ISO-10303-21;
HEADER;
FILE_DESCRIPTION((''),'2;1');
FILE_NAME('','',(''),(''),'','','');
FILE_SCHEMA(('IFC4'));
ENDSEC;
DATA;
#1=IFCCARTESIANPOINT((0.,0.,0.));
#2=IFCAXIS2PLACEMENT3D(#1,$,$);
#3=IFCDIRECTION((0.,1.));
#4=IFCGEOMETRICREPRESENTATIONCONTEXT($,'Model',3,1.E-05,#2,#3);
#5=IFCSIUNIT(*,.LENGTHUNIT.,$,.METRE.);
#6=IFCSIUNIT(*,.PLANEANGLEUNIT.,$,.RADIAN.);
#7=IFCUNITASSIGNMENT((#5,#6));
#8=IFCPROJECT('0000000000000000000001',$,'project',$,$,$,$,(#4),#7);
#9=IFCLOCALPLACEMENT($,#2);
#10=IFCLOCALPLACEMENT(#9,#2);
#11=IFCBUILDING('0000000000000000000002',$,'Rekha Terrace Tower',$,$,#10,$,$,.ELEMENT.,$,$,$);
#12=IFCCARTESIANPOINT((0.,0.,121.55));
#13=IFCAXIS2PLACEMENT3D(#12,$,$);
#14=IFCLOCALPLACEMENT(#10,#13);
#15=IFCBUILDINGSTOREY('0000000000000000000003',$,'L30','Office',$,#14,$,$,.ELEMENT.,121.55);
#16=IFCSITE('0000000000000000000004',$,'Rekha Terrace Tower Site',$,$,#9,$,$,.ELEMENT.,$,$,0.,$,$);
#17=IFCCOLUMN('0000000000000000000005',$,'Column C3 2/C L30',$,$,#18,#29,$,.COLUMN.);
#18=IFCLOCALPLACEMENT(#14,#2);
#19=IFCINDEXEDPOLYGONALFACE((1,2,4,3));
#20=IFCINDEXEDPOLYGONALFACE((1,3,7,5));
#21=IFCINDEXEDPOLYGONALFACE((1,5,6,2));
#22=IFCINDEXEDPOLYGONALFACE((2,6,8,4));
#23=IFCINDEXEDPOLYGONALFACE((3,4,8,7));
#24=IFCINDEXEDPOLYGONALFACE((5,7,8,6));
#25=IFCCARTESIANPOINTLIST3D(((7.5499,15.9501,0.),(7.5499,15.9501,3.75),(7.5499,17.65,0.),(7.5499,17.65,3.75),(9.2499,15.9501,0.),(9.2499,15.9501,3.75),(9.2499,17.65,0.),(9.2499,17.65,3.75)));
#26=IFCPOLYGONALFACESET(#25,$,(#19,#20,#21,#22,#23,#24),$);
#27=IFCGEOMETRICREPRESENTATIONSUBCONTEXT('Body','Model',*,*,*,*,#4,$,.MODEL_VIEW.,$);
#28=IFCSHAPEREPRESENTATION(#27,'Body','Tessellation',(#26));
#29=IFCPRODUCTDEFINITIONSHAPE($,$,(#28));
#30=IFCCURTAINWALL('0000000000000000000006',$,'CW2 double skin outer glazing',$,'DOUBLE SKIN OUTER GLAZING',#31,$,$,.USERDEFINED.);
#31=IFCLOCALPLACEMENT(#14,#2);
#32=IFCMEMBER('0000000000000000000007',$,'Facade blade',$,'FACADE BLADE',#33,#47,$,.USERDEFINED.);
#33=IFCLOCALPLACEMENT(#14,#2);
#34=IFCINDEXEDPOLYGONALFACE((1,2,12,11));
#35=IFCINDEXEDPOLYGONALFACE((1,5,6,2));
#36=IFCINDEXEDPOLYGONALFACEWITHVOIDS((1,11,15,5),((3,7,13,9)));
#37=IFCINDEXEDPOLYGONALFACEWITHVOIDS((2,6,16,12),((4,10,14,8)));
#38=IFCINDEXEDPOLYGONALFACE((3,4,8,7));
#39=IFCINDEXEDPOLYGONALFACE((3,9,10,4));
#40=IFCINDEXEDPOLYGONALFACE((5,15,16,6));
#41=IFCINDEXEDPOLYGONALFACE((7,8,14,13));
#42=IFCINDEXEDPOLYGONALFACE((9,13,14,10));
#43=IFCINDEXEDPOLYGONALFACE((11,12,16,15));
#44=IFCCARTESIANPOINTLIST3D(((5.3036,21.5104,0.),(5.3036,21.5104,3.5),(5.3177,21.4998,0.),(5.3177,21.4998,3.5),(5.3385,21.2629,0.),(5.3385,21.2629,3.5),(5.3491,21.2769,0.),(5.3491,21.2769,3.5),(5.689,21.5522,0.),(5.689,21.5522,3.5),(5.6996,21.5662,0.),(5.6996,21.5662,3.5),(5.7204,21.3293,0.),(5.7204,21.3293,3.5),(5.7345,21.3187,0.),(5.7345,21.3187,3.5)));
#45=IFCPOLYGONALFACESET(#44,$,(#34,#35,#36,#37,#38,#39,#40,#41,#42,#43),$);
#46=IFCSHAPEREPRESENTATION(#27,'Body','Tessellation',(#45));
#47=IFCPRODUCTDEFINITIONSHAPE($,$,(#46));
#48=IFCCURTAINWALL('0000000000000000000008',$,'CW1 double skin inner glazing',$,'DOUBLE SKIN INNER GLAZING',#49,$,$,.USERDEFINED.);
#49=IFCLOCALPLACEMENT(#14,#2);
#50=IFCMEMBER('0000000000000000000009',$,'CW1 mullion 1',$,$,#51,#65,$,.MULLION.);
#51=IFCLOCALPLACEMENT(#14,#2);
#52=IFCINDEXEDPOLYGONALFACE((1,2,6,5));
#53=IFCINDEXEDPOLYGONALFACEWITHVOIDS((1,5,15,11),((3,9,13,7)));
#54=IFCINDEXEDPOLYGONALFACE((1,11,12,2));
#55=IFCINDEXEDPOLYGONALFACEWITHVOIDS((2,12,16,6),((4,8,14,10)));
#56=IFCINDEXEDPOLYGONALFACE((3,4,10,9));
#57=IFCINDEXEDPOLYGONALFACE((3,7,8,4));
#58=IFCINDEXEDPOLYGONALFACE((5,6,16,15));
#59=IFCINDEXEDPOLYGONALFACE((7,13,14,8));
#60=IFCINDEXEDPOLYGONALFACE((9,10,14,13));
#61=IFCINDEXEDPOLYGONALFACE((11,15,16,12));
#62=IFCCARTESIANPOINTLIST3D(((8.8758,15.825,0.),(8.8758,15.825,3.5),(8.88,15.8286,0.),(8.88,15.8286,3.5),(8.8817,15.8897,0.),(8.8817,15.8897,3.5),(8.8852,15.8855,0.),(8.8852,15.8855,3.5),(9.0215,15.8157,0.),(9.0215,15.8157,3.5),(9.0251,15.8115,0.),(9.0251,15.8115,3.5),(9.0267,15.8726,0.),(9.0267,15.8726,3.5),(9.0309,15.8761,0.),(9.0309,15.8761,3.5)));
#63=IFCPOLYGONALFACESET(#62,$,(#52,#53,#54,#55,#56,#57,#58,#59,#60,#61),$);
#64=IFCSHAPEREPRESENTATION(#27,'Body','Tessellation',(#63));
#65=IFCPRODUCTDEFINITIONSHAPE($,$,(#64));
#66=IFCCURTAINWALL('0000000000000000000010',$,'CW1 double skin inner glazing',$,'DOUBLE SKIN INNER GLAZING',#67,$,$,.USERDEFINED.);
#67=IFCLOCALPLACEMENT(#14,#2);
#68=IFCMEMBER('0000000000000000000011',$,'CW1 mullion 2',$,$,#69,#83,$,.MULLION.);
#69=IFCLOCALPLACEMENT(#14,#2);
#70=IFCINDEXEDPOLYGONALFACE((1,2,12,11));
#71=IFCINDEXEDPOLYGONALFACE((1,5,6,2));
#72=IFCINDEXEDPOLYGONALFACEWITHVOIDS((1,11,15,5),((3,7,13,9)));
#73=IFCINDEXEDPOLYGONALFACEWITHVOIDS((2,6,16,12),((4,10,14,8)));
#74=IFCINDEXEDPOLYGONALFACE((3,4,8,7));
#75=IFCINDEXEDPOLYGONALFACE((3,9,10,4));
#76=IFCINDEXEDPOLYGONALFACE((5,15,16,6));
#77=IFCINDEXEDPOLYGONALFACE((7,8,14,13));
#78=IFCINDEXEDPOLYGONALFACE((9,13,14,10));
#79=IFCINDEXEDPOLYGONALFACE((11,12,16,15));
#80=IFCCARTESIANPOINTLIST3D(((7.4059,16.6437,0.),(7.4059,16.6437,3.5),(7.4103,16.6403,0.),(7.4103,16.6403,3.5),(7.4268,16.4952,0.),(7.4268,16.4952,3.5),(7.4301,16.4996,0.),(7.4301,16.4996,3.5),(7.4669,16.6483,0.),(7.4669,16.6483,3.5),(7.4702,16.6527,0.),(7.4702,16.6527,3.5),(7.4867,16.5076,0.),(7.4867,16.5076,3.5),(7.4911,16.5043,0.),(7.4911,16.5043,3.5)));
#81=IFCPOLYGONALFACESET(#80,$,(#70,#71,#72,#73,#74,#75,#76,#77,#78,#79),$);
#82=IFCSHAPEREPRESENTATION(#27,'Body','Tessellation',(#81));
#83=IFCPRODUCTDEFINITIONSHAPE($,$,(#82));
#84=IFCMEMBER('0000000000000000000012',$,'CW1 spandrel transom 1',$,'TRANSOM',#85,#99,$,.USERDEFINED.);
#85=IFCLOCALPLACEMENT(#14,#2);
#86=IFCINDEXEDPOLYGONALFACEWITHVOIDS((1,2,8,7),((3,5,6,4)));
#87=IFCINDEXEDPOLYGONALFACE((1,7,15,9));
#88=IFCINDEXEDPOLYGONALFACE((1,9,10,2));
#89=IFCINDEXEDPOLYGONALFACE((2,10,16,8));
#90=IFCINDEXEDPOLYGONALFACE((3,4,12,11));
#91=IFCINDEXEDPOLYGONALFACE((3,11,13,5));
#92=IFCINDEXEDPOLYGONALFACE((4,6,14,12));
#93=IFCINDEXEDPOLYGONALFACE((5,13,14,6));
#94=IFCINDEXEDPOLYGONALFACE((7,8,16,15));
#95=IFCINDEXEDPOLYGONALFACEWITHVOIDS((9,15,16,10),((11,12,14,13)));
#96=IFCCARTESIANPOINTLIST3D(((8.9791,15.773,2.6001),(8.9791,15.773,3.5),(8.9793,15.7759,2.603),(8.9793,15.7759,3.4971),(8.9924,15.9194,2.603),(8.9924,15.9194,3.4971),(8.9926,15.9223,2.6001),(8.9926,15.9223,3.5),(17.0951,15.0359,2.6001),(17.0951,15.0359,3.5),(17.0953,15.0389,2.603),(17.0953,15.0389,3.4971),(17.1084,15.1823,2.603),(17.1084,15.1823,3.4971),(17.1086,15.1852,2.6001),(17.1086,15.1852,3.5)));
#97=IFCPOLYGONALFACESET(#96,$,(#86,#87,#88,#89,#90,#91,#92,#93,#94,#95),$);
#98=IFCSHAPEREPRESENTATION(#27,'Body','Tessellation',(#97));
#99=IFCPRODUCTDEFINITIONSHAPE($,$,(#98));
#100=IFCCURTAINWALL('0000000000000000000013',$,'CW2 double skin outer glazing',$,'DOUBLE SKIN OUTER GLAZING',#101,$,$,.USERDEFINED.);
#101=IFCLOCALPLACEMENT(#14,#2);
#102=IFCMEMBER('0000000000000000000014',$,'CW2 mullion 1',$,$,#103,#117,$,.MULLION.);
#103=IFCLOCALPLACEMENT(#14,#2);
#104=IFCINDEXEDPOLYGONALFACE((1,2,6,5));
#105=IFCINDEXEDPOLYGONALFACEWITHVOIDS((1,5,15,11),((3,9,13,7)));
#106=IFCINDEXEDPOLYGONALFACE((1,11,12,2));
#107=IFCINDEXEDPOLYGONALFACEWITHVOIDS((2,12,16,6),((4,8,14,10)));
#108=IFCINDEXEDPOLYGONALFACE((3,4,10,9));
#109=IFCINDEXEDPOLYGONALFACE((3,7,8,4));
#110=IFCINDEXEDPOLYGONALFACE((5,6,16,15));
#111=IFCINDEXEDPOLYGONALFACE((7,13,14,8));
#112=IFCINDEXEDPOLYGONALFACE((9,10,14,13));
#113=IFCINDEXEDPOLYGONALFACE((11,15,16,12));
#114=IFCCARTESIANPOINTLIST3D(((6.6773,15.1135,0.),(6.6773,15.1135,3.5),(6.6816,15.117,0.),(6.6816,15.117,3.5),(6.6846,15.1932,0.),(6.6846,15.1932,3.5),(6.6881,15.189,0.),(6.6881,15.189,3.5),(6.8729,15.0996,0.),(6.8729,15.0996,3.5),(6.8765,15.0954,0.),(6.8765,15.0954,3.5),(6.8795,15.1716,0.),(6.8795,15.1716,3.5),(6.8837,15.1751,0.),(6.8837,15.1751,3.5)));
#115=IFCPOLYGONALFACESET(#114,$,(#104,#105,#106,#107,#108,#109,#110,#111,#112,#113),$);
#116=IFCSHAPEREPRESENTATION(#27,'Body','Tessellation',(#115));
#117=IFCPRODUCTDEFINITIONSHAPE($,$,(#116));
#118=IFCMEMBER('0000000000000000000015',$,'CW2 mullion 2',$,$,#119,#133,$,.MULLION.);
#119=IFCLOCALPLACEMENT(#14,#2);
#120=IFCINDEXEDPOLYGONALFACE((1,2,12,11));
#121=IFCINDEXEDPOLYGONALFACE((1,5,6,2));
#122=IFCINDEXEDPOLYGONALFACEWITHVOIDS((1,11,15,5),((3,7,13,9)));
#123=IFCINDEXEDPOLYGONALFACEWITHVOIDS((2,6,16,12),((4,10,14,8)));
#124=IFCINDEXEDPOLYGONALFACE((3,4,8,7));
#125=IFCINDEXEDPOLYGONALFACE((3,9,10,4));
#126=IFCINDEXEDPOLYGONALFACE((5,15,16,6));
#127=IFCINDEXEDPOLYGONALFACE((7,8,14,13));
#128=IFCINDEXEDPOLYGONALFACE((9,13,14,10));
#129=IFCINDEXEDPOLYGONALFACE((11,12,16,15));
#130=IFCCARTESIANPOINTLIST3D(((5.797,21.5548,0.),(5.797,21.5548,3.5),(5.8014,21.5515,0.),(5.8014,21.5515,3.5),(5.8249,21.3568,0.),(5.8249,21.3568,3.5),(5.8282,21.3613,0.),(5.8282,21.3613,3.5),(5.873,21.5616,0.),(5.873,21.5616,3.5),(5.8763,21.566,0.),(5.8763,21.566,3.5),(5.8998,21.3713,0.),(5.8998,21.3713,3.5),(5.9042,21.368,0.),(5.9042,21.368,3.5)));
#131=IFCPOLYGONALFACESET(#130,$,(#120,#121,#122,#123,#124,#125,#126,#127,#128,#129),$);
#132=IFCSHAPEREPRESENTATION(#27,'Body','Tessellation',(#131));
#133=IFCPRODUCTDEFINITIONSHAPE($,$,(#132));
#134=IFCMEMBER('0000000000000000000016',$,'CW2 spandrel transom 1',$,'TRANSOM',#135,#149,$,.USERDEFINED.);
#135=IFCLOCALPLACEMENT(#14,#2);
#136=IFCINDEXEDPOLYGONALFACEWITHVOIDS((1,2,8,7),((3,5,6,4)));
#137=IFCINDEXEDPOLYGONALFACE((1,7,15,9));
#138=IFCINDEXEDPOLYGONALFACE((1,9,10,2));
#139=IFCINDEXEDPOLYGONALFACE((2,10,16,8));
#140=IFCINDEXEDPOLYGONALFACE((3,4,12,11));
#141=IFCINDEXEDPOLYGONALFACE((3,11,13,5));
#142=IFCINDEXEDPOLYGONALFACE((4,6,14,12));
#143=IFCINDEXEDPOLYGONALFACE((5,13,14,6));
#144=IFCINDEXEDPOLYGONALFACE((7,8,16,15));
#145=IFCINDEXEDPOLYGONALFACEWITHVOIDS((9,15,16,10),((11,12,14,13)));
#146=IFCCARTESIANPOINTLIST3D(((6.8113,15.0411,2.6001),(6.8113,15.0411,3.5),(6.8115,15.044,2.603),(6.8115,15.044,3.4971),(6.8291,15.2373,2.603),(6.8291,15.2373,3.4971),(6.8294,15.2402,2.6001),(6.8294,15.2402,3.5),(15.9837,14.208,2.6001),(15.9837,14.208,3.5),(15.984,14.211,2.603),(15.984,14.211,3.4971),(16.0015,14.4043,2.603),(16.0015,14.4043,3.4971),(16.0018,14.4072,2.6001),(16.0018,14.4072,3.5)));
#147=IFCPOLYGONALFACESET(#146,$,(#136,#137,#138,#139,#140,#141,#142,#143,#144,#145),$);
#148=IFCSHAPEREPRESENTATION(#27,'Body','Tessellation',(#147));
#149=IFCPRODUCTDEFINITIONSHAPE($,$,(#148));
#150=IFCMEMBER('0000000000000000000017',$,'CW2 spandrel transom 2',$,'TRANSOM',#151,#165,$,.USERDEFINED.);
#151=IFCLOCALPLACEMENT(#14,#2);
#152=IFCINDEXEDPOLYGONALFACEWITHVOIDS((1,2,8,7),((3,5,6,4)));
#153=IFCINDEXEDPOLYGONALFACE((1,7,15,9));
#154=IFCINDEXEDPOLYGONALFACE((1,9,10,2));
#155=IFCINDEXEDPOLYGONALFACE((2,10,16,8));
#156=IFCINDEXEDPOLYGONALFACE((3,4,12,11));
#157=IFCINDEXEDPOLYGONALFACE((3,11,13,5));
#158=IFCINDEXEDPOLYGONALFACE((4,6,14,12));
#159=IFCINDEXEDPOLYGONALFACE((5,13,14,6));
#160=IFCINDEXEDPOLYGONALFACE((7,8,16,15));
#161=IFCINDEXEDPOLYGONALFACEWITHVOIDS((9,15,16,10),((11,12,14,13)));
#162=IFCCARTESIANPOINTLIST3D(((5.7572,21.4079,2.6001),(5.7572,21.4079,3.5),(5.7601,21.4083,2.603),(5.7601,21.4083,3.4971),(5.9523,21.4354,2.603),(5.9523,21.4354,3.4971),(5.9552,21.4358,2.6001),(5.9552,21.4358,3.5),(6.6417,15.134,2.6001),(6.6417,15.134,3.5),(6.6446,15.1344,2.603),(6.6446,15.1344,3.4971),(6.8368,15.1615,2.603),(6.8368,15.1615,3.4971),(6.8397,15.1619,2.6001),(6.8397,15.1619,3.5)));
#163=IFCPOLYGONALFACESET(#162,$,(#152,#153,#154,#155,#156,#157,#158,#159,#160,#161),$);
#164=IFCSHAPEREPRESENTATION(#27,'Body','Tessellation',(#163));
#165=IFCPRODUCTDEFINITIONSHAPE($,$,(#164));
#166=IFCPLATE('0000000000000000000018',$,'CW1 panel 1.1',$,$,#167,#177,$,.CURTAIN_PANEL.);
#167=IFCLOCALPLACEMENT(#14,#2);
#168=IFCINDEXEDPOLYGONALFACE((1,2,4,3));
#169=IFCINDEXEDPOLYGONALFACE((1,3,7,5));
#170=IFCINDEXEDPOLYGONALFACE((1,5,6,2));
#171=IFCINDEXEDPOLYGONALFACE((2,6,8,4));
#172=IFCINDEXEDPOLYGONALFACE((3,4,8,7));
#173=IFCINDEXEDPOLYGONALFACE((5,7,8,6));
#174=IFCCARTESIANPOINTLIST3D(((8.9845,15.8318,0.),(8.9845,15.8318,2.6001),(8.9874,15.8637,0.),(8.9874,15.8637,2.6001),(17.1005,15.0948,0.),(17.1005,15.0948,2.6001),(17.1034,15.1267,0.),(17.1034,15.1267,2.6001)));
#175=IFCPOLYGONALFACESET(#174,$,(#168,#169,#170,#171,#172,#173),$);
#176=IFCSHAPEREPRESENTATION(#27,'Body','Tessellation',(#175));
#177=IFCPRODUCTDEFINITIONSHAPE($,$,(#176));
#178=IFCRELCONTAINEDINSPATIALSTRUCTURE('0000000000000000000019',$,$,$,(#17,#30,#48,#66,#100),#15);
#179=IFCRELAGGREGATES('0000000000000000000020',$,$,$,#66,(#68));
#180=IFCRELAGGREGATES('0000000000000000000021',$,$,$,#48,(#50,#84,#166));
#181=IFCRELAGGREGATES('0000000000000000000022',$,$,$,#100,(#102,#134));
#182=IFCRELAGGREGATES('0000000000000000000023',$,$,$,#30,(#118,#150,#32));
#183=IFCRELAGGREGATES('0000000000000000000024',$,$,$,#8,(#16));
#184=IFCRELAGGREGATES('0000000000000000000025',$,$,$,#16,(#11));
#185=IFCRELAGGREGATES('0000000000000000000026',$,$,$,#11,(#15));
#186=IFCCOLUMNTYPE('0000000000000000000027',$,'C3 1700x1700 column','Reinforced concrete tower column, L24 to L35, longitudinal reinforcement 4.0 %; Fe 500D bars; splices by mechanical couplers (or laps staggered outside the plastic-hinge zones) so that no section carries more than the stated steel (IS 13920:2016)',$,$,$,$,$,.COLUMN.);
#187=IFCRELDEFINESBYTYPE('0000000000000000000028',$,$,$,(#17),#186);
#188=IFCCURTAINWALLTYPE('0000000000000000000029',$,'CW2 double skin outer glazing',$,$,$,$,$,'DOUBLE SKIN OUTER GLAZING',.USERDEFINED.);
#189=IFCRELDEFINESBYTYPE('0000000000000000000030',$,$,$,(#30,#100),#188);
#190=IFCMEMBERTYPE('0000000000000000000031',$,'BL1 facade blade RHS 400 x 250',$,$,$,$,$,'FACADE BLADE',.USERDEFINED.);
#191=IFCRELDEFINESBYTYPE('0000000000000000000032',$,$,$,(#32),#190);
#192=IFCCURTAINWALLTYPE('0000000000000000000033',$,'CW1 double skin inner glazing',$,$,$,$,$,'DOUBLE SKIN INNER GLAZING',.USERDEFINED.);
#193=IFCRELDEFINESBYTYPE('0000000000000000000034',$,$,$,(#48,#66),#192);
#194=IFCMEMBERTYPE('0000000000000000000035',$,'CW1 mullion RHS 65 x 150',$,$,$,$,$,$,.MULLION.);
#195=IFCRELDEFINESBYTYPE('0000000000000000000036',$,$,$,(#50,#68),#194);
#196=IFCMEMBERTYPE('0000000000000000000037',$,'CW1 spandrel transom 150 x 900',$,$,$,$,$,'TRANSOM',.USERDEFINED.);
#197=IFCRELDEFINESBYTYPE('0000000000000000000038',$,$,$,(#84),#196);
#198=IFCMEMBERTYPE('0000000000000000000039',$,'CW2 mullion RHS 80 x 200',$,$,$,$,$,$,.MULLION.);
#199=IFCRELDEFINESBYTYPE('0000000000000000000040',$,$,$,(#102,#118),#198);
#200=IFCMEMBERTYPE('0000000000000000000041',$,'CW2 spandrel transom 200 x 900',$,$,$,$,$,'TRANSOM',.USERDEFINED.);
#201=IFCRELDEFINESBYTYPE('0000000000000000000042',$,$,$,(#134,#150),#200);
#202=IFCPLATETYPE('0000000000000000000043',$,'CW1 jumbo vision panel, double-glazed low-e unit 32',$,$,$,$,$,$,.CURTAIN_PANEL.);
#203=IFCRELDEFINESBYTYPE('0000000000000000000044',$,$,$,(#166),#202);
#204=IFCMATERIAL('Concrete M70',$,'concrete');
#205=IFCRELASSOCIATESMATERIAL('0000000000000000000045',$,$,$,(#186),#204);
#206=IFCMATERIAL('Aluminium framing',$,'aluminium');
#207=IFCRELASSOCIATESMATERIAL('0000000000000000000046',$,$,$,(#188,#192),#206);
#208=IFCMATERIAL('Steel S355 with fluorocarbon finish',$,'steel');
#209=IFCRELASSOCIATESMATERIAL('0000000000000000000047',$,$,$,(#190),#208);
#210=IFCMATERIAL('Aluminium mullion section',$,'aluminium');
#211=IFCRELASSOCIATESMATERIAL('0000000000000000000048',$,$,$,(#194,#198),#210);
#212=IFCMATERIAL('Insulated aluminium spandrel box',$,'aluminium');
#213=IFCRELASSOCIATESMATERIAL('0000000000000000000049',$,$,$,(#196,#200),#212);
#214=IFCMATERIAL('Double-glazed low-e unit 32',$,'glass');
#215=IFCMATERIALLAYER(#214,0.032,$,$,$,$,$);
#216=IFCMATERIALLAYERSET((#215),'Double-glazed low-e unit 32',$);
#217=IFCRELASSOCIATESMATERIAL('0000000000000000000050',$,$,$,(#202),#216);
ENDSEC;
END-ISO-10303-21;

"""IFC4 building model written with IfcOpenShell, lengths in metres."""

from ifc_helpers import new_model, si_unit, direction, frame, origin, origin_2d, place, context, subcontext, project, spatial, rectangle, hollow_rectangle, extrude, material, layer, layer_set, material_profile, profile_set, type_object, element, aggregate, save


model = new_model("IFC4")

# Units and contexts
model_context = context("Model", 3, precision=1e-05, world=origin(), true_north=direction((0.0, 1.0)))
body_context = subcontext(model_context, "Body", "Model", "MODEL_VIEW")
ifc_project = project(units=[si_unit("LENGTHUNIT", "METRE"), si_unit("PLANEANGLEUNIT", "RADIAN")], contexts=[model_context])

# Site, building, storey
site_placement = place(None, origin())
site = spatial("IfcSite", under=ifc_project, at=site_placement, Name="Rekha Terrace Tower Site", CompositionType="ELEMENT", RefElevation=0.0)
building_placement = place(site_placement, origin())
building = spatial("IfcBuilding", under=site, at=building_placement, Name="Rekha Terrace Tower", CompositionType="ELEMENT")
storey_placement = place(building_placement, frame((0.0, 0.0, 121.55)))
storey = spatial("IfcBuildingStorey", under=building, at=storey_placement, Name="L30", Description="Office", CompositionType="ELEMENT", Elevation=121.55)

# Column
ifc_material_1 = material(Name="Concrete M70", Category="concrete")
ifc_material_profile_1 = material_profile(ifc_material_1, rectangle(XDim=1.7, YDim=1.7, at=origin_2d()), Name="RC 1700x1700")
ifc_profile_set_1 = profile_set([ifc_material_profile_1], Name="Concrete M70")
column_type = type_object("IfcColumnType", Name="C3 1700x1700 column", Description="Reinforced concrete tower column, L24 to L35, longitudinal reinforcement 4.0 %; Fe 500D bars; splices by mechanical couplers (or laps staggered outside the plastic-hinge zones) so that no section carries more than the stated steel (IS 13920:2016)", PredefinedType="COLUMN", material=ifc_profile_set_1)
column_placement = place(storey_placement, frame((8.3999, 16.8, 0.0), z_axis=(0.0, 0.0, 1.0), x_axis=(1.0, 0.0, 0.0)))
element("IfcColumn", 1, at=column_placement, inside=storey, type_object=column_type, Name="Column C3 2/C L30", PredefinedType="COLUMN", context=body_context, shape_type="SweptSolid", body=[
    extrude(rectangle(XDim=1.7, YDim=1.7, at=origin_2d()), origin(), (0.0, 0.0, 1.0), 3.75),
])

# Curtain walls, members
ifc_material_2 = material(Name="Aluminium framing", Category="aluminium")
curtain_wall_type_1 = type_object("IfcCurtainWallType", Name="CW2 double skin outer glazing", ElementType="DOUBLE SKIN OUTER GLAZING", PredefinedType="USERDEFINED", material=ifc_material_2)
curtain_wall_1_placement = place(storey_placement, origin())
curtain_wall_1 = element("IfcCurtainWall", 2, at=curtain_wall_1_placement, inside=storey, type_object=curtain_wall_type_1, Name="CW2 double skin outer glazing", ObjectType="DOUBLE SKIN OUTER GLAZING", PredefinedType="USERDEFINED")
ifc_material_3 = material(Name="Steel S355 with fluorocarbon finish", Category="steel")
ifc_material_profile_2 = material_profile(ifc_material_3, hollow_rectangle(XDim=0.25, YDim=0.3999, WallThickness=0.0125, at=origin_2d()), Name="RHS400x250x12.5")
ifc_profile_set_2 = profile_set([ifc_material_profile_2], Name="Steel S355 with fluorocarbon finish")
member_type_1 = type_object("IfcMemberType", Name="BL1 facade blade RHS 400 x 250", ElementType="FACADE BLADE", PredefinedType="USERDEFINED", material=ifc_profile_set_2)
member_1_placement = place(storey_placement, frame((5.519, 21.4146, 0.0), z_axis=(0.0, 0.0, 1.0), x_axis=(0.139597, -0.990208, 0.0)))
member_1 = element("IfcMember", 3, at=member_1_placement, type_object=member_type_1, Name="Facade blade", ObjectType="FACADE BLADE", PredefinedType="USERDEFINED", context=body_context, shape_type="SweptSolid", body=[
    extrude(hollow_rectangle(XDim=0.25, YDim=0.3999, WallThickness=0.0125, at=origin_2d()), origin(), (0.0, 0.0, 1.0), 3.5),
])
curtain_wall_type_2 = type_object("IfcCurtainWallType", Name="CW1 double skin inner glazing", ElementType="DOUBLE SKIN INNER GLAZING", PredefinedType="USERDEFINED", material=ifc_material_2)
curtain_wall_2_placement = place(storey_placement, origin())
curtain_wall_2 = element("IfcCurtainWall", 4, at=curtain_wall_2_placement, inside=storey, type_object=curtain_wall_type_2, Name="CW1 double skin inner glazing", ObjectType="DOUBLE SKIN INNER GLAZING", PredefinedType="USERDEFINED")
ifc_material_4 = material(Name="Aluminium mullion section", Category="aluminium")
ifc_material_profile_3 = material_profile(ifc_material_4, hollow_rectangle(XDim=0.0649, YDim=0.1499, WallThickness=0.0039, at=origin_2d()), Name="AL RHS 65x150")
ifc_profile_set_3 = profile_set([ifc_material_profile_3], Name="Aluminium mullion section")
member_type_2 = type_object("IfcMemberType", Name="CW1 mullion RHS 65 x 150", PredefinedType="MULLION", material=ifc_profile_set_3)
member_2_placement = place(storey_placement, frame((8.9534, 15.8506, 0.0), z_axis=(0.0, 0.0, 1.0), x_axis=(0.09044, 0.995902, 0.0)))
member_2 = element("IfcMember", 5, at=member_2_placement, type_object=member_type_2, Name="CW1 mullion 1", PredefinedType="MULLION", context=body_context, shape_type="SweptSolid", body=[
    extrude(hollow_rectangle(XDim=0.0649, YDim=0.1499, WallThickness=0.0039, at=origin_2d()), origin(), (0.0, 0.0, 1.0), 3.5),
])
curtain_wall_3_placement = place(storey_placement, origin())
curtain_wall_3 = element("IfcCurtainWall", 6, at=curtain_wall_3_placement, inside=storey, type_object=curtain_wall_type_2, Name="CW1 double skin inner glazing", ObjectType="DOUBLE SKIN INNER GLAZING", PredefinedType="USERDEFINED")
member_3_placement = place(storey_placement, frame((7.4485, 16.574, 0.0), z_axis=(0.0, 0.0, 1.0), x_axis=(0.990208, 0.139597, 0.0)))
member_3 = element("IfcMember", 7, at=member_3_placement, type_object=member_type_2, Name="CW1 mullion 2", PredefinedType="MULLION", context=body_context, shape_type="SweptSolid", body=[
    extrude(hollow_rectangle(XDim=0.0649, YDim=0.1499, WallThickness=0.0039, at=origin_2d()), origin(), (0.0, 0.0, 1.0), 3.5),
])
aggregate(curtain_wall_3, [member_3])

# Member
ifc_material_5 = material(Name="Insulated aluminium spandrel box", Category="aluminium")
ifc_material_profile_4 = material_profile(ifc_material_5, hollow_rectangle(XDim=0.1499, YDim=0.8999, WallThickness=0.0029, at=origin_2d()), Name="AL SPANDREL BOX 150x900")
ifc_profile_set_4 = profile_set([ifc_material_profile_4], Name="Insulated aluminium spandrel box")
member_type_3 = type_object("IfcMemberType", Name="CW1 spandrel transom 150 x 900", ElementType="TRANSOM", PredefinedType="USERDEFINED", material=ifc_profile_set_4)
member_4_placement = place(storey_placement, frame((8.9858, 15.8477, 3.05), z_axis=(0.995902, -0.090444, 0.0), x_axis=(0.090444, 0.995902, 0.0)))
member_4 = element("IfcMember", 8, at=member_4_placement, type_object=member_type_3, Name="CW1 spandrel transom 1", ObjectType="TRANSOM", PredefinedType="USERDEFINED", context=body_context, shape_type="SweptSolid", body=[
    extrude(hollow_rectangle(XDim=0.1499, YDim=0.8999, WallThickness=0.0029, at=origin_2d()), origin(), (0.0, 0.0, 1.0), 8.1494),
])

# Curtain wall, member
curtain_wall_4_placement = place(storey_placement, origin())
curtain_wall_4 = element("IfcCurtainWall", 9, at=curtain_wall_4_placement, inside=storey, type_object=curtain_wall_type_1, Name="CW2 double skin outer glazing", ObjectType="DOUBLE SKIN OUTER GLAZING", PredefinedType="USERDEFINED")
ifc_material_profile_5 = material_profile(ifc_material_4, hollow_rectangle(XDim=0.0801, YDim=0.2, WallThickness=0.0039, at=origin_2d()), Name="AL RHS 80x200")
ifc_profile_set_5 = profile_set([ifc_material_profile_5], Name="Aluminium mullion section")
member_type_4 = type_object("IfcMemberType", Name="CW2 mullion RHS 80 x 200", PredefinedType="MULLION", material=ifc_profile_set_5)
member_5_placement = place(storey_placement, frame((6.7805, 15.1443, 0.0), z_axis=(0.0, 0.0, 1.0), x_axis=(0.09044, 0.995902, 0.0)))
member_5 = element("IfcMember", 10, at=member_5_placement, type_object=member_type_4, Name="CW2 mullion 1", PredefinedType="MULLION", context=body_context, shape_type="SweptSolid", body=[
    extrude(hollow_rectangle(XDim=0.0801, YDim=0.2, WallThickness=0.0039, at=origin_2d()), origin(), (0.0, 0.0, 1.0), 3.5),
])

# Members
member_6_placement = place(storey_placement, frame((5.8506, 21.4614, 0.0), z_axis=(0.0, 0.0, 1.0), x_axis=(0.990208, 0.139597, 0.0)))
member_6 = element("IfcMember", 11, at=member_6_placement, type_object=member_type_4, Name="CW2 mullion 2", PredefinedType="MULLION", context=body_context, shape_type="SweptSolid", body=[
    extrude(hollow_rectangle(XDim=0.0801, YDim=0.2, WallThickness=0.0039, at=origin_2d()), origin(), (0.0, 0.0, 1.0), 3.5),
])
ifc_material_profile_6 = material_profile(ifc_material_5, hollow_rectangle(XDim=0.2, YDim=0.8999, WallThickness=0.0029, at=origin_2d()), Name="AL SPANDREL BOX 200x900")
ifc_profile_set_6 = profile_set([ifc_material_profile_6], Name="Insulated aluminium spandrel box")
member_type_5 = type_object("IfcMemberType", Name="CW2 spandrel transom 200 x 900", ElementType="TRANSOM", PredefinedType="USERDEFINED", material=ifc_profile_set_6)
member_7_placement = place(storey_placement, frame((6.8203, 15.1406, 3.05), z_axis=(0.995901, -0.090445, 0.0), x_axis=(0.090445, 0.995901, 0.0)))
member_7 = element("IfcMember", 12, at=member_7_placement, type_object=member_type_5, Name="CW2 spandrel transom 1", ObjectType="TRANSOM", PredefinedType="USERDEFINED", context=body_context, shape_type="SweptSolid", body=[
    extrude(hollow_rectangle(XDim=0.2, YDim=0.8999, WallThickness=0.0029, at=origin_2d()), origin(), (0.0, 0.0, 1.0), 9.2102),
])
member_8_placement = place(storey_placement, frame((5.8562, 21.4219, 3.05), z_axis=(0.139603, -0.990208, 0.0), x_axis=(0.990208, 0.139603, 0.0)))
member_8 = element("IfcMember", 13, at=member_8_placement, type_object=member_type_5, Name="CW2 spandrel transom 2", ObjectType="TRANSOM", PredefinedType="USERDEFINED", context=body_context, shape_type="SweptSolid", body=[
    extrude(hollow_rectangle(XDim=0.2, YDim=0.8999, WallThickness=0.0029, at=origin_2d()), origin(), (0.0, 0.0, 1.0), 6.3359),
])

# Plate
ifc_material_6 = material(Name="Double-glazed low-e unit 32", Category="glass")
ifc_layer_1 = layer(ifc_material_6, 0.032)
ifc_layer_set_1 = layer_set([ifc_layer_1], Name="Double-glazed low-e unit 32")
plate_type_1 = type_object("IfcPlateType", Name="CW1 jumbo vision panel, double-glazed low-e unit 32", PredefinedType="CURTAIN_PANEL", material=ifc_layer_set_1)
plate_1_placement = place(storey_placement, frame((13.0439, 15.4792, 0.0), z_axis=(0.0, 0.0, 1.0), x_axis=(0.995902, -0.09044, 0.0)))
plate_1 = element("IfcPlate", 14, at=plate_1_placement, type_object=plate_type_1, Name="CW1 panel 1.1", PredefinedType="CURTAIN_PANEL", context=body_context, shape_type="SweptSolid", body=[
    extrude(rectangle(XDim=8.1494, YDim=0.032, at=origin_2d()), origin(), (0.0, 0.0, 1.0), 2.6001),
])
aggregate(curtain_wall_2, [member_2, member_4, plate_1])
aggregate(curtain_wall_4, [member_5, member_7])
aggregate(curtain_wall_1, [member_6, member_8, member_1])

save(model, "model.ifc")
